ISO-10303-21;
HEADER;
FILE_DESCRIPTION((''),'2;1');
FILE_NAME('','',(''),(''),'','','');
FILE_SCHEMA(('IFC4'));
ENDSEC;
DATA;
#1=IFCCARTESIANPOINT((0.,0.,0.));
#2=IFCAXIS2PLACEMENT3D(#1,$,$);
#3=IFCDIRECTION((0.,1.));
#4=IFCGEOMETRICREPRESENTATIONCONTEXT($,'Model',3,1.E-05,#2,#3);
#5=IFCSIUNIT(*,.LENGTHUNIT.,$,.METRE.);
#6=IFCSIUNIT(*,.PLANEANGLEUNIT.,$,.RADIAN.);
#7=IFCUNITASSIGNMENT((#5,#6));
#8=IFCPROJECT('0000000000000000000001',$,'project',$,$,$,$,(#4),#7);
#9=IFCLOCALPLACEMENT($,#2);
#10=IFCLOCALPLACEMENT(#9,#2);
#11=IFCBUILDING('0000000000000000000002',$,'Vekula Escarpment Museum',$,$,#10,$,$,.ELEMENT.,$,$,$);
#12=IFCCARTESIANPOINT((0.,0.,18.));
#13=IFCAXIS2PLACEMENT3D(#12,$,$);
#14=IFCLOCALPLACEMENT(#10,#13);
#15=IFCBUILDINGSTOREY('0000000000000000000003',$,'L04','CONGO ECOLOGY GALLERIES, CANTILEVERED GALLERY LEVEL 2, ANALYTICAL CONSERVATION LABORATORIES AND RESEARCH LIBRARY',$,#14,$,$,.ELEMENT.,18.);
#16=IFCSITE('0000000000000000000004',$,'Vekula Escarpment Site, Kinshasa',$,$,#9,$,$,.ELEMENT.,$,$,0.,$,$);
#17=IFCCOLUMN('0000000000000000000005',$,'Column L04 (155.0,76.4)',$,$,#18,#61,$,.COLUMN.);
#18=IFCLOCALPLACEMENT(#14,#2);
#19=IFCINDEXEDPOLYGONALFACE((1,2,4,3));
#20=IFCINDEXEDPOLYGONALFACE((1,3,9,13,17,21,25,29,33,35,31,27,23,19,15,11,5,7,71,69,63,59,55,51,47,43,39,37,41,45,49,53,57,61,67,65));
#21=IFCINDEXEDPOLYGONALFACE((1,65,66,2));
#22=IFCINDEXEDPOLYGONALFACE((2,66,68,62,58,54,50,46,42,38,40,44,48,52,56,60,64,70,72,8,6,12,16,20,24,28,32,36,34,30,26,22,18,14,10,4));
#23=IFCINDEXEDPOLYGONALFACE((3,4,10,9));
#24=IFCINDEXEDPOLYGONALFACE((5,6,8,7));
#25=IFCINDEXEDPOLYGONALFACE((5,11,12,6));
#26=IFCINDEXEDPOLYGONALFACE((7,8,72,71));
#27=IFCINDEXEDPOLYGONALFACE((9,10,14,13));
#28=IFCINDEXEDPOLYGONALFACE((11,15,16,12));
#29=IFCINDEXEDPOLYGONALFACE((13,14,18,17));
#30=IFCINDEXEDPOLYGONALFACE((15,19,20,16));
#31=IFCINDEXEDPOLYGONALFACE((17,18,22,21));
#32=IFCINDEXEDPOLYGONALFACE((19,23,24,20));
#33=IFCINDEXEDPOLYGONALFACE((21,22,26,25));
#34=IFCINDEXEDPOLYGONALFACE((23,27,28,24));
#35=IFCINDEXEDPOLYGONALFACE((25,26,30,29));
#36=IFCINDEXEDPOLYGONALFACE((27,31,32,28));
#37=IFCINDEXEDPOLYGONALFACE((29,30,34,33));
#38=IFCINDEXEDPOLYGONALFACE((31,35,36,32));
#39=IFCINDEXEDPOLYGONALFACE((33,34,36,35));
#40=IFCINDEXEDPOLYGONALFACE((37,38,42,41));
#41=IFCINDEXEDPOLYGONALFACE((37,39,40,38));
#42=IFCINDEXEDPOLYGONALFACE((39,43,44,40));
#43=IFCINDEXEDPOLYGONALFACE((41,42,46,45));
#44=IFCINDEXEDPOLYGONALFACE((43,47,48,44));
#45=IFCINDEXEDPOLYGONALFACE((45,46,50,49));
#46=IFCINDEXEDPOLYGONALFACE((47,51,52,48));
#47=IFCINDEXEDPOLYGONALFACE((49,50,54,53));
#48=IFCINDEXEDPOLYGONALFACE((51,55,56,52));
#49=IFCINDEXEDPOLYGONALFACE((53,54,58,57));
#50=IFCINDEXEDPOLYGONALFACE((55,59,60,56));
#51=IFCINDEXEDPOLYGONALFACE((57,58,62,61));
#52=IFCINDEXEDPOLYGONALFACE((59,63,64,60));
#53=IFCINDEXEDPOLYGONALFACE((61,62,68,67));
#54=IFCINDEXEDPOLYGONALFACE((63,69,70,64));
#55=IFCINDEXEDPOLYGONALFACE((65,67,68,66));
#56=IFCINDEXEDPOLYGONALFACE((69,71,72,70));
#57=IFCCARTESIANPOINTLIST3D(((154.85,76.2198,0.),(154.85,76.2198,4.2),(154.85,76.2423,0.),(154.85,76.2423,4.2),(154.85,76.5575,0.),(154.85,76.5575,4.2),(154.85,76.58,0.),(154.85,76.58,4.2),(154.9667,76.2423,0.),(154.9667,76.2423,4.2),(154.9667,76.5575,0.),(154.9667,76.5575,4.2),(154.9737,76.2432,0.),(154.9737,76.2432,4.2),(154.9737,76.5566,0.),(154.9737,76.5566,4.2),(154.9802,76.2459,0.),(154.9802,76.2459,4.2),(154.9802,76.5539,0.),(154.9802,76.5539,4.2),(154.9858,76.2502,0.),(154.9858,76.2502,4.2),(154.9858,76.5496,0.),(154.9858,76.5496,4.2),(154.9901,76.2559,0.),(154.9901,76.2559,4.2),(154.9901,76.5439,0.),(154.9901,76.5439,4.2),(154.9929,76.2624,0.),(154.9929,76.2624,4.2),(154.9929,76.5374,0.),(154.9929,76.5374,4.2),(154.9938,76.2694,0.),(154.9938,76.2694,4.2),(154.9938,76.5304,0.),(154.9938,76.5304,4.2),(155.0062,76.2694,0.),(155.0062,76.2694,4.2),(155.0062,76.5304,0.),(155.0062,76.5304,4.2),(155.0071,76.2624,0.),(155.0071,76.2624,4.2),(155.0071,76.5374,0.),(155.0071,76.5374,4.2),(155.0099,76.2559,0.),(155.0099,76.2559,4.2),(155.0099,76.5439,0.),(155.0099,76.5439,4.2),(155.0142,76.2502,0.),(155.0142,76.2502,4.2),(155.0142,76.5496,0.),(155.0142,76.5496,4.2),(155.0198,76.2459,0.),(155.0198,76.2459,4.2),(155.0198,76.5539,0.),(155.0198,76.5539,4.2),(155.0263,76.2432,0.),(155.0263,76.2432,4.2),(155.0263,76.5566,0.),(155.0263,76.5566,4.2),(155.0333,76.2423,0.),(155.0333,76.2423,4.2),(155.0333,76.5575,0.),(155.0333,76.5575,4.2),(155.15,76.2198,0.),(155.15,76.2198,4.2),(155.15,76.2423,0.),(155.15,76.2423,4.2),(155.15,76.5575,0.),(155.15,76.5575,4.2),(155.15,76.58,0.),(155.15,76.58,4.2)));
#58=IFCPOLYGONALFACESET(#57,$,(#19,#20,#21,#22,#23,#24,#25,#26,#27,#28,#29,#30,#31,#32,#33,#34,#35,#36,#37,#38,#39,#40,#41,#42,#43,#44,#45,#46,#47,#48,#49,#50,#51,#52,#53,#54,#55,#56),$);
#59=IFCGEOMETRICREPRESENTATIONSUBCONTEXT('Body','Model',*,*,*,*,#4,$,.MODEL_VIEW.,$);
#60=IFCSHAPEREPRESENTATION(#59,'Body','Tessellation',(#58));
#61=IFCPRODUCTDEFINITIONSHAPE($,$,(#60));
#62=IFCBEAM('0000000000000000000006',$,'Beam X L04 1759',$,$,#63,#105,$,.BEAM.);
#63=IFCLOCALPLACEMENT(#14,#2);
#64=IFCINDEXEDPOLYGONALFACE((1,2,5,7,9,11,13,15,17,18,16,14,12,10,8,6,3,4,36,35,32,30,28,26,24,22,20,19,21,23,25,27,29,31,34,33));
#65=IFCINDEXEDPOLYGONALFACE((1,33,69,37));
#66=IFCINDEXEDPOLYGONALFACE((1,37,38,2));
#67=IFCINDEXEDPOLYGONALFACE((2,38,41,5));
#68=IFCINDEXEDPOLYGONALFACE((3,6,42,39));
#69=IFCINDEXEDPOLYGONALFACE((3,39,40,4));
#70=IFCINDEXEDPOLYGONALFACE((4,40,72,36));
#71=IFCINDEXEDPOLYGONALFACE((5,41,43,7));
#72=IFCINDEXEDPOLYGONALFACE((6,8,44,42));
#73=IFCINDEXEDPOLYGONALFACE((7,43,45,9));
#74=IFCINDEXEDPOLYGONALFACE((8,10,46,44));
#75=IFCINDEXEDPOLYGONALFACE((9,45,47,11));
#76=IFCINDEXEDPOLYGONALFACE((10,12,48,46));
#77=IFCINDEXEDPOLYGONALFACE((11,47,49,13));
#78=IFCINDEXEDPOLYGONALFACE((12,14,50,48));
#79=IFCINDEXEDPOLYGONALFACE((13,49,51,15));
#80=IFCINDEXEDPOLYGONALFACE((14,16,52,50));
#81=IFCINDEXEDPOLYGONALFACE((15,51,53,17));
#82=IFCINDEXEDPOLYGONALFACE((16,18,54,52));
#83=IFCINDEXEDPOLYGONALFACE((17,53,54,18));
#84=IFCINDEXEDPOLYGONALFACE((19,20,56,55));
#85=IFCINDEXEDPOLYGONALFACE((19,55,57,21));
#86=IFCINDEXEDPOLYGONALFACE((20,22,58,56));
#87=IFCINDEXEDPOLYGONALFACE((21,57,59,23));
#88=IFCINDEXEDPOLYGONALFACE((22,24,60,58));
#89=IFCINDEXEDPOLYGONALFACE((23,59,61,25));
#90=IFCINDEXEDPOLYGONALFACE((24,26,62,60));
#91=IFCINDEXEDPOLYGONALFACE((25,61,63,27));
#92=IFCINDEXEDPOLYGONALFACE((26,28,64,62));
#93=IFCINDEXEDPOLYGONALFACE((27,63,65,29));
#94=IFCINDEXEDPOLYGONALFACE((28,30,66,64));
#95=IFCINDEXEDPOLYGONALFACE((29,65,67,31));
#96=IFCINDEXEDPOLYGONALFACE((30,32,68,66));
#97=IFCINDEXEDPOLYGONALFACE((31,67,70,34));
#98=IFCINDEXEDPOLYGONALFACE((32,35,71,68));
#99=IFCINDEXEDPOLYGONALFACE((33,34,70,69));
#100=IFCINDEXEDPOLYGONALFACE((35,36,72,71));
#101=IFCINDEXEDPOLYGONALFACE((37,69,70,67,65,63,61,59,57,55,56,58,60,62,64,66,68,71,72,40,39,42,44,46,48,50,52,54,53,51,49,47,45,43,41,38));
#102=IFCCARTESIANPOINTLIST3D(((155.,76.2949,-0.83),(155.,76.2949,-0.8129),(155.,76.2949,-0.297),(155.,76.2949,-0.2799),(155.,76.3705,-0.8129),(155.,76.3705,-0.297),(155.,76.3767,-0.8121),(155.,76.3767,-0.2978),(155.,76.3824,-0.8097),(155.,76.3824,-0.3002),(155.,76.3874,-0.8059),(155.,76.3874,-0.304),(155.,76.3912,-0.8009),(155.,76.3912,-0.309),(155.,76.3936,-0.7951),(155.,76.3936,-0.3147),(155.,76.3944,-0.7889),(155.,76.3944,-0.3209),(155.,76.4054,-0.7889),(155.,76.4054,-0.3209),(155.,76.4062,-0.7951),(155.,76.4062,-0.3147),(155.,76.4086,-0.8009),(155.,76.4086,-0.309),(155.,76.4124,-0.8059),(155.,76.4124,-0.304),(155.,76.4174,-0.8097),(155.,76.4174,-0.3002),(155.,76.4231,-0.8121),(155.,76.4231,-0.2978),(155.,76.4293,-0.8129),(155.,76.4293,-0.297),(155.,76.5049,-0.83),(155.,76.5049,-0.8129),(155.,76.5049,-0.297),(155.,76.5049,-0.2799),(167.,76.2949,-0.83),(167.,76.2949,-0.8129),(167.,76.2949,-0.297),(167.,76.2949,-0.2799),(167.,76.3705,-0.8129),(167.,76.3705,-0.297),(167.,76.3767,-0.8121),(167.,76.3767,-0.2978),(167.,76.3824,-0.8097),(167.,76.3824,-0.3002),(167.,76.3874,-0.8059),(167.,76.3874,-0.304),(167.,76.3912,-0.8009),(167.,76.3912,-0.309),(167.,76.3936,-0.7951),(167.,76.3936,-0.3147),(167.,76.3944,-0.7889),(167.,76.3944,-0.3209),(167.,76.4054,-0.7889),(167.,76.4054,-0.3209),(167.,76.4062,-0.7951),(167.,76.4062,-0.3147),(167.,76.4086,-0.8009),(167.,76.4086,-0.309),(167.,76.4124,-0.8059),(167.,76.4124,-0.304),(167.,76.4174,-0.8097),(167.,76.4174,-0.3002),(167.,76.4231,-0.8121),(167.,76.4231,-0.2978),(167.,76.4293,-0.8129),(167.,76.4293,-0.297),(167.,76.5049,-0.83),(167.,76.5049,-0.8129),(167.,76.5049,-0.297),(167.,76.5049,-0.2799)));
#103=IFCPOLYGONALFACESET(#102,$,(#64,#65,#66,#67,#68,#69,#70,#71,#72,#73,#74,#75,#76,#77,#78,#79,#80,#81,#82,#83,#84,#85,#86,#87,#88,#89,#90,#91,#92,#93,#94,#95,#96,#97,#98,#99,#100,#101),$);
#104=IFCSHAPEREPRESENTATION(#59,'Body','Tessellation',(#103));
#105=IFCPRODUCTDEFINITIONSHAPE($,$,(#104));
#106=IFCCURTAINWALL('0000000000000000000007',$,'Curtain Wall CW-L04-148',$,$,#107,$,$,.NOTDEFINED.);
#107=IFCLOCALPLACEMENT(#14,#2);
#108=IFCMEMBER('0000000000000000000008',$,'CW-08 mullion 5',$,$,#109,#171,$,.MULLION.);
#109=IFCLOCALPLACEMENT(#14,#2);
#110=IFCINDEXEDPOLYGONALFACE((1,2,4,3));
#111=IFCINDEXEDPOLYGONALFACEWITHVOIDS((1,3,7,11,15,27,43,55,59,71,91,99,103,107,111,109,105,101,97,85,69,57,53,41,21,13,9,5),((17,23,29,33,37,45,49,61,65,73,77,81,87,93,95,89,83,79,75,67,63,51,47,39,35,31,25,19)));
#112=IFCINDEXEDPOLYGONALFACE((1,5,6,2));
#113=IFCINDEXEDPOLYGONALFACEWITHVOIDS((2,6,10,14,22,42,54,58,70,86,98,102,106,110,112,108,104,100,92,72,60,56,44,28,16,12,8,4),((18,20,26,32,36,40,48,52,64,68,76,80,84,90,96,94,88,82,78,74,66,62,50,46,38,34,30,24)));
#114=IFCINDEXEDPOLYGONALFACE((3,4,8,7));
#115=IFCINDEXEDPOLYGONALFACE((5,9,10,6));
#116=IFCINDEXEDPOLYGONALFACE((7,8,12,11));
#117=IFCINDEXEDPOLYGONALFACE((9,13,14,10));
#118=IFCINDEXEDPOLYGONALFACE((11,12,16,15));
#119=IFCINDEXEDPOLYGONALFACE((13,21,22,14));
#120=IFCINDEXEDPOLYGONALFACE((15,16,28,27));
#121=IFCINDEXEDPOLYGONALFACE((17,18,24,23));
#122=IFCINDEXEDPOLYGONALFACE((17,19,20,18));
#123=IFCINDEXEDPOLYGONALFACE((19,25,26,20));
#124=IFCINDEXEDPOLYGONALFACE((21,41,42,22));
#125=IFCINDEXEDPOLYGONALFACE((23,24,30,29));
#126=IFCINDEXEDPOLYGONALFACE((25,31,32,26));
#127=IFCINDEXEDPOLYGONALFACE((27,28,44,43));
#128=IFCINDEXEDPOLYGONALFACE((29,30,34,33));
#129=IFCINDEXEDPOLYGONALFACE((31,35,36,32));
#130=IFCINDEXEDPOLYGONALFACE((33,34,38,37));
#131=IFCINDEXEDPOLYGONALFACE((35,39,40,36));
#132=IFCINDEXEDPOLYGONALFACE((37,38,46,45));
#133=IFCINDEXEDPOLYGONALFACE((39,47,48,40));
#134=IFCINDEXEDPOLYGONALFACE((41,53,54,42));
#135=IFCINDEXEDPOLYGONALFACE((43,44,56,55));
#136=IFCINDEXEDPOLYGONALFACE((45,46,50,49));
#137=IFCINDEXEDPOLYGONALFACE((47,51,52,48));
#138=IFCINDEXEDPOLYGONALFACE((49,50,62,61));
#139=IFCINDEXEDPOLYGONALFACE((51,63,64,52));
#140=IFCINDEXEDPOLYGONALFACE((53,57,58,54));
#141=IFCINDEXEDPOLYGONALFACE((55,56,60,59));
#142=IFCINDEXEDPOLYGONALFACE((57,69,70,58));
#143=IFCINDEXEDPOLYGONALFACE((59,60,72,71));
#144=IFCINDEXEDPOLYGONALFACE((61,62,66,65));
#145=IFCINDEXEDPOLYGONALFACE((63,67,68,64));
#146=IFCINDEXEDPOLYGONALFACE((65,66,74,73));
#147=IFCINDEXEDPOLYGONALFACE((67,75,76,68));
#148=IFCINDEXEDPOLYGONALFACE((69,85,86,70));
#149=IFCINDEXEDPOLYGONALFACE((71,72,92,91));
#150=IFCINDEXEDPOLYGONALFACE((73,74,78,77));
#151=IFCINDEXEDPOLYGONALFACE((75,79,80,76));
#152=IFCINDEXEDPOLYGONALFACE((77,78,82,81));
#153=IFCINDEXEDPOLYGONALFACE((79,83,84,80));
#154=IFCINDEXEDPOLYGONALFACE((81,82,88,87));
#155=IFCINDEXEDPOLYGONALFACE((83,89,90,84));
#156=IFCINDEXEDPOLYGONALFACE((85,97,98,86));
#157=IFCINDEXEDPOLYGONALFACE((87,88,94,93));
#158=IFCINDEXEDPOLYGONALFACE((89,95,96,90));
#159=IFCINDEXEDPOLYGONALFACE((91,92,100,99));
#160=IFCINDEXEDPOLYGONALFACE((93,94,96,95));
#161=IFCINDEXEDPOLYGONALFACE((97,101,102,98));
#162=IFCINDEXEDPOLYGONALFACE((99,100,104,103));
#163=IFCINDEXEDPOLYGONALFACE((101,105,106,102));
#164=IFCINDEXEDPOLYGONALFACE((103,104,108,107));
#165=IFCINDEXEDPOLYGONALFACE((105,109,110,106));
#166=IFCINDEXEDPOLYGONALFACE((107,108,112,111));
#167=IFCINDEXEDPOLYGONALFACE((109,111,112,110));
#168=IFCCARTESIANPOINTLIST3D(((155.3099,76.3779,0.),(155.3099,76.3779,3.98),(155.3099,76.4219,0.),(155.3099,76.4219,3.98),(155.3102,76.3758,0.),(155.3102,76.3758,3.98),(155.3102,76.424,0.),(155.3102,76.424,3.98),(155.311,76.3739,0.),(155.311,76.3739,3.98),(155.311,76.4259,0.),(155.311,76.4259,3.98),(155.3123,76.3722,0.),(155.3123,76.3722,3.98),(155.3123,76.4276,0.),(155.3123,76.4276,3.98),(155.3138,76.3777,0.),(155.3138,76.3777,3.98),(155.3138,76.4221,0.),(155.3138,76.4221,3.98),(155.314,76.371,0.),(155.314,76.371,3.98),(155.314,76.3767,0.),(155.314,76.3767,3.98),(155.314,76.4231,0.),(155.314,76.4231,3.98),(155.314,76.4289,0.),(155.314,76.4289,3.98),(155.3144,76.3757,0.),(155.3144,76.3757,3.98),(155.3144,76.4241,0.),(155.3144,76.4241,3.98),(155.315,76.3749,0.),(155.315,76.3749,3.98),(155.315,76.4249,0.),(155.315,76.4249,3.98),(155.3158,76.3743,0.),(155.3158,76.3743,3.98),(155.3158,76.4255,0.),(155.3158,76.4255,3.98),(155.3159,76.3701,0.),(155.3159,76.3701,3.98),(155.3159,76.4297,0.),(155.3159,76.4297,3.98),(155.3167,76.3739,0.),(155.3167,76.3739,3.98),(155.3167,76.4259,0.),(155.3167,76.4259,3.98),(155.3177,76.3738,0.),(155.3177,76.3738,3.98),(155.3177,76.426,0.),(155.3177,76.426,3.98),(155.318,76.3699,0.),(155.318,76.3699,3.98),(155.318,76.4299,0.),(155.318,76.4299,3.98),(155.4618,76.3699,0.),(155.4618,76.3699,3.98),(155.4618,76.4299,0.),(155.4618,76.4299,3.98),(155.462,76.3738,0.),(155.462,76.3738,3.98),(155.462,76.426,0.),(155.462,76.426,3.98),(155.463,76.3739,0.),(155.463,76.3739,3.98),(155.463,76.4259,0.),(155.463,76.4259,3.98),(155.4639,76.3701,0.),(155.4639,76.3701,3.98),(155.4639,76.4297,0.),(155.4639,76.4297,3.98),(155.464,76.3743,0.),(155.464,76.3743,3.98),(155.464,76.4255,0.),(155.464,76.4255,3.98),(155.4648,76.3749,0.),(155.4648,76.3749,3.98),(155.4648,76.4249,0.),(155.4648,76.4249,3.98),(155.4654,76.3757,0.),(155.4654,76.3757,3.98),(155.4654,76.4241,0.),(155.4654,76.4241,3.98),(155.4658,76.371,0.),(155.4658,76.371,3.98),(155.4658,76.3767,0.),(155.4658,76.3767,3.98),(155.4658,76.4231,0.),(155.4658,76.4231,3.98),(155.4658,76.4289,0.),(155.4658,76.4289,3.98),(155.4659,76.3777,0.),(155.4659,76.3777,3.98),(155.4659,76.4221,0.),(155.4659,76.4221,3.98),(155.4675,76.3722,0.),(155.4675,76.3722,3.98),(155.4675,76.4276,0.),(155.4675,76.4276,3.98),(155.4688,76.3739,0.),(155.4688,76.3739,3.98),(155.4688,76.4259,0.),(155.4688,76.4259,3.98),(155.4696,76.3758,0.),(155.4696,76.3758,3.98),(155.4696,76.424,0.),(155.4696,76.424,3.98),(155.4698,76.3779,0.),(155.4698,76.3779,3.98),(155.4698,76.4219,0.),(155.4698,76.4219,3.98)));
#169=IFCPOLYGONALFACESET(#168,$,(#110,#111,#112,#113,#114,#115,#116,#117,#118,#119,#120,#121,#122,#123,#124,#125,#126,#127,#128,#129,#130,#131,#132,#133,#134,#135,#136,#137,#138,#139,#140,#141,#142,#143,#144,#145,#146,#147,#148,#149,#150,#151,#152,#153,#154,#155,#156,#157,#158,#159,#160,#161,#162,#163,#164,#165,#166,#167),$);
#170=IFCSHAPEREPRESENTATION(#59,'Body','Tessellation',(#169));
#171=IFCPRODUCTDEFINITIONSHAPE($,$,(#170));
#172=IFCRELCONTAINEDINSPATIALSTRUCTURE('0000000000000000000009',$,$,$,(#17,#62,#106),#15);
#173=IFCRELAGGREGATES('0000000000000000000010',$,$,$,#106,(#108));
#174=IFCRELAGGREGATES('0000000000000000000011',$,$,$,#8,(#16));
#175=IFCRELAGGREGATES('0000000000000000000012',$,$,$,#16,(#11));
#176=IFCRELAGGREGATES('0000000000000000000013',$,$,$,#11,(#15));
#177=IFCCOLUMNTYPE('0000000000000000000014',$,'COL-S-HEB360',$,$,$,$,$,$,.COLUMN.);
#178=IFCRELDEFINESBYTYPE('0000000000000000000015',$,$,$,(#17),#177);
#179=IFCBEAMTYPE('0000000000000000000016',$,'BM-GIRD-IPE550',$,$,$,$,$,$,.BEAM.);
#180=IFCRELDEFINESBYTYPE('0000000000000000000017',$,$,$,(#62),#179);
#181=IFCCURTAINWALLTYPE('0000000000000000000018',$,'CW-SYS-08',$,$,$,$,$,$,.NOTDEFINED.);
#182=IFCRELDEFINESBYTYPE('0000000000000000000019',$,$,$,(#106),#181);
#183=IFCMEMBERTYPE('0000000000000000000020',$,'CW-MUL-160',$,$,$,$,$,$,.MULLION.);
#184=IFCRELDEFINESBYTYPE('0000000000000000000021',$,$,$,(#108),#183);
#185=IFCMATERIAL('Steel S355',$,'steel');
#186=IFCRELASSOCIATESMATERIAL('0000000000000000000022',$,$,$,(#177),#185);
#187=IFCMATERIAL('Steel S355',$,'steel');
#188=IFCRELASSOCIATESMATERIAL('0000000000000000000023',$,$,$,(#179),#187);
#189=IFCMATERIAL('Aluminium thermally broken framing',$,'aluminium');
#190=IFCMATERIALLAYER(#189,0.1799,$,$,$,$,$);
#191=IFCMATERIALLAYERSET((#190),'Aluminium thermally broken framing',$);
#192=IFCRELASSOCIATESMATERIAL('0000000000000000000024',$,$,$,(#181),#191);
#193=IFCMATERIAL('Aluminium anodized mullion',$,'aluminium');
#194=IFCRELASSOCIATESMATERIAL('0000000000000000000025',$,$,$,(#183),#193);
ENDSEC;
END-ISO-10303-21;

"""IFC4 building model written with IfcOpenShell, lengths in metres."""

from ifc_helpers import new_model, si_unit, direction, frame, origin, origin_2d, place, context, subcontext, project, spatial, hollow_rectangle, i_section, extrude, material, layer, layer_set, material_profile, profile_set, type_object, element, aggregate, save


model = new_model("IFC4")

# Units and contexts
model_context = context("Model", 3, precision=1e-05, world=origin(), true_north=direction((0.0, 1.0)))
body_context = subcontext(model_context, "Body", "Model", "MODEL_VIEW")
ifc_project = project(units=[si_unit("LENGTHUNIT", "METRE"), si_unit("PLANEANGLEUNIT", "RADIAN")], contexts=[model_context])

# Site, building, storey
site_placement = place(None, origin())
site = spatial("IfcSite", under=ifc_project, at=site_placement, Name="Vekula Escarpment Site, Kinshasa", CompositionType="ELEMENT", RefElevation=0.0)
building_placement = place(site_placement, origin())
building = spatial("IfcBuilding", under=site, at=building_placement, Name="Vekula Escarpment Museum", CompositionType="ELEMENT")
storey_placement = place(building_placement, frame((0.0, 0.0, 18.0)))
storey = spatial("IfcBuildingStorey", under=building, at=storey_placement, Name="L04", Description="CONGO ECOLOGY GALLERIES, CANTILEVERED GALLERY LEVEL 2, ANALYTICAL CONSERVATION LABORATORIES AND RESEARCH LIBRARY", CompositionType="ELEMENT", Elevation=18.0)

# Column
ifc_material_1 = material(Name="Steel S355", Category="steel")
ifc_material_profile_1 = material_profile(ifc_material_1, i_section(OverallWidth=0.3, OverallDepth=0.3601, WebThickness=0.0125, FlangeThickness=0.0225, FilletRadius=0.0271, at=origin_2d()), Name="HEB 360")
ifc_profile_set_1 = profile_set([ifc_material_profile_1], Name="Steel S355")
column_type = type_object("IfcColumnType", Name="COL-S-HEB360", PredefinedType="COLUMN", material=ifc_profile_set_1)
column_placement = place(storey_placement, frame((155.0, 76.3999, 0.0), z_axis=(0.0, 0.0, 1.0), x_axis=(1.0, 0.0, 0.0)))
element("IfcColumn", 1, at=column_placement, inside=storey, type_object=column_type, Name="Column L04 (155.0,76.4)", PredefinedType="COLUMN", context=body_context, shape_type="SweptSolid", body=[
    extrude(i_section(OverallWidth=0.3, OverallDepth=0.3601, WebThickness=0.0125, FlangeThickness=0.0225, FilletRadius=0.0271, at=origin_2d()), origin(), (0.0, 0.0, 1.0), 4.2),
])

# Beam
ifc_material_2 = material(Name="Steel S355", Category="steel")
ifc_material_profile_2 = material_profile(ifc_material_2, i_section(OverallWidth=0.21, OverallDepth=0.55, WebThickness=0.011, FlangeThickness=0.0171, FilletRadius=0.0239, at=origin_2d()), Name="IPE 550")
ifc_profile_set_2 = profile_set([ifc_material_profile_2], Name="Steel S355")
beam_type = type_object("IfcBeamType", Name="BM-GIRD-IPE550", PredefinedType="BEAM", material=ifc_profile_set_2)
beam_placement = place(storey_placement, frame((155.0, 76.3999, -0.5549), z_axis=(1.0, 0.0, 0.0), x_axis=(0.0, 1.0, 0.0)))
element("IfcBeam", 2, at=beam_placement, inside=storey, type_object=beam_type, Name="Beam X L04 1759", PredefinedType="BEAM", context=body_context, shape_type="SweptSolid", body=[
    extrude(i_section(OverallWidth=0.21, OverallDepth=0.55, WebThickness=0.011, FlangeThickness=0.0171, FilletRadius=0.0239, at=origin_2d()), origin(), (0.0, 0.0, 1.0), 12.0),
])

# Curtain wall, member
ifc_material_3 = material(Name="Aluminium thermally broken framing", Category="aluminium")
ifc_layer_1 = layer(ifc_material_3, 0.1799)
ifc_layer_set_1 = layer_set([ifc_layer_1], Name="Aluminium thermally broken framing")
curtain_wall_type_1 = type_object("IfcCurtainWallType", Name="CW-SYS-08", PredefinedType="NOTDEFINED", material=ifc_layer_set_1)
curtain_wall_1_placement = place(storey_placement, origin())
curtain_wall_1 = element("IfcCurtainWall", 3, at=curtain_wall_1_placement, inside=storey, type_object=curtain_wall_type_1, Name="Curtain Wall CW-L04-148", PredefinedType="NOTDEFINED")
ifc_material_4 = material(Name="Aluminium anodized mullion", Category="aluminium")
ifc_material_profile_3 = material_profile(ifc_material_4, hollow_rectangle(XDim=0.0601, YDim=0.1599, WallThickness=0.0039, InnerFilletRadius=0.0039, OuterFilletRadius=0.0081, at=origin_2d()), Name="ALU 160x60x4")
ifc_profile_set_3 = profile_set([ifc_material_profile_3], Name="Aluminium anodized mullion")
member_type_1 = type_object("IfcMemberType", Name="CW-MUL-160", PredefinedType="MULLION", material=ifc_profile_set_3)
member_1_placement = place(storey_placement, frame((155.3899, 76.3999, 0.0), z_axis=(0.0, 0.0, 1.0), x_axis=(0.0, -1.0, 0.0)))
member_1 = element("IfcMember", 4, at=member_1_placement, type_object=member_type_1, Name="CW-08 mullion 5", PredefinedType="MULLION", context=body_context, shape_type="SweptSolid", body=[
    extrude(hollow_rectangle(XDim=0.0601, YDim=0.1599, WallThickness=0.0039, InnerFilletRadius=0.0039, OuterFilletRadius=0.0081, at=origin_2d()), origin(), (0.0, 0.0, 1.0), 3.98),
])

aggregate(curtain_wall_1, [member_1])

save(model, "model.ifc")
